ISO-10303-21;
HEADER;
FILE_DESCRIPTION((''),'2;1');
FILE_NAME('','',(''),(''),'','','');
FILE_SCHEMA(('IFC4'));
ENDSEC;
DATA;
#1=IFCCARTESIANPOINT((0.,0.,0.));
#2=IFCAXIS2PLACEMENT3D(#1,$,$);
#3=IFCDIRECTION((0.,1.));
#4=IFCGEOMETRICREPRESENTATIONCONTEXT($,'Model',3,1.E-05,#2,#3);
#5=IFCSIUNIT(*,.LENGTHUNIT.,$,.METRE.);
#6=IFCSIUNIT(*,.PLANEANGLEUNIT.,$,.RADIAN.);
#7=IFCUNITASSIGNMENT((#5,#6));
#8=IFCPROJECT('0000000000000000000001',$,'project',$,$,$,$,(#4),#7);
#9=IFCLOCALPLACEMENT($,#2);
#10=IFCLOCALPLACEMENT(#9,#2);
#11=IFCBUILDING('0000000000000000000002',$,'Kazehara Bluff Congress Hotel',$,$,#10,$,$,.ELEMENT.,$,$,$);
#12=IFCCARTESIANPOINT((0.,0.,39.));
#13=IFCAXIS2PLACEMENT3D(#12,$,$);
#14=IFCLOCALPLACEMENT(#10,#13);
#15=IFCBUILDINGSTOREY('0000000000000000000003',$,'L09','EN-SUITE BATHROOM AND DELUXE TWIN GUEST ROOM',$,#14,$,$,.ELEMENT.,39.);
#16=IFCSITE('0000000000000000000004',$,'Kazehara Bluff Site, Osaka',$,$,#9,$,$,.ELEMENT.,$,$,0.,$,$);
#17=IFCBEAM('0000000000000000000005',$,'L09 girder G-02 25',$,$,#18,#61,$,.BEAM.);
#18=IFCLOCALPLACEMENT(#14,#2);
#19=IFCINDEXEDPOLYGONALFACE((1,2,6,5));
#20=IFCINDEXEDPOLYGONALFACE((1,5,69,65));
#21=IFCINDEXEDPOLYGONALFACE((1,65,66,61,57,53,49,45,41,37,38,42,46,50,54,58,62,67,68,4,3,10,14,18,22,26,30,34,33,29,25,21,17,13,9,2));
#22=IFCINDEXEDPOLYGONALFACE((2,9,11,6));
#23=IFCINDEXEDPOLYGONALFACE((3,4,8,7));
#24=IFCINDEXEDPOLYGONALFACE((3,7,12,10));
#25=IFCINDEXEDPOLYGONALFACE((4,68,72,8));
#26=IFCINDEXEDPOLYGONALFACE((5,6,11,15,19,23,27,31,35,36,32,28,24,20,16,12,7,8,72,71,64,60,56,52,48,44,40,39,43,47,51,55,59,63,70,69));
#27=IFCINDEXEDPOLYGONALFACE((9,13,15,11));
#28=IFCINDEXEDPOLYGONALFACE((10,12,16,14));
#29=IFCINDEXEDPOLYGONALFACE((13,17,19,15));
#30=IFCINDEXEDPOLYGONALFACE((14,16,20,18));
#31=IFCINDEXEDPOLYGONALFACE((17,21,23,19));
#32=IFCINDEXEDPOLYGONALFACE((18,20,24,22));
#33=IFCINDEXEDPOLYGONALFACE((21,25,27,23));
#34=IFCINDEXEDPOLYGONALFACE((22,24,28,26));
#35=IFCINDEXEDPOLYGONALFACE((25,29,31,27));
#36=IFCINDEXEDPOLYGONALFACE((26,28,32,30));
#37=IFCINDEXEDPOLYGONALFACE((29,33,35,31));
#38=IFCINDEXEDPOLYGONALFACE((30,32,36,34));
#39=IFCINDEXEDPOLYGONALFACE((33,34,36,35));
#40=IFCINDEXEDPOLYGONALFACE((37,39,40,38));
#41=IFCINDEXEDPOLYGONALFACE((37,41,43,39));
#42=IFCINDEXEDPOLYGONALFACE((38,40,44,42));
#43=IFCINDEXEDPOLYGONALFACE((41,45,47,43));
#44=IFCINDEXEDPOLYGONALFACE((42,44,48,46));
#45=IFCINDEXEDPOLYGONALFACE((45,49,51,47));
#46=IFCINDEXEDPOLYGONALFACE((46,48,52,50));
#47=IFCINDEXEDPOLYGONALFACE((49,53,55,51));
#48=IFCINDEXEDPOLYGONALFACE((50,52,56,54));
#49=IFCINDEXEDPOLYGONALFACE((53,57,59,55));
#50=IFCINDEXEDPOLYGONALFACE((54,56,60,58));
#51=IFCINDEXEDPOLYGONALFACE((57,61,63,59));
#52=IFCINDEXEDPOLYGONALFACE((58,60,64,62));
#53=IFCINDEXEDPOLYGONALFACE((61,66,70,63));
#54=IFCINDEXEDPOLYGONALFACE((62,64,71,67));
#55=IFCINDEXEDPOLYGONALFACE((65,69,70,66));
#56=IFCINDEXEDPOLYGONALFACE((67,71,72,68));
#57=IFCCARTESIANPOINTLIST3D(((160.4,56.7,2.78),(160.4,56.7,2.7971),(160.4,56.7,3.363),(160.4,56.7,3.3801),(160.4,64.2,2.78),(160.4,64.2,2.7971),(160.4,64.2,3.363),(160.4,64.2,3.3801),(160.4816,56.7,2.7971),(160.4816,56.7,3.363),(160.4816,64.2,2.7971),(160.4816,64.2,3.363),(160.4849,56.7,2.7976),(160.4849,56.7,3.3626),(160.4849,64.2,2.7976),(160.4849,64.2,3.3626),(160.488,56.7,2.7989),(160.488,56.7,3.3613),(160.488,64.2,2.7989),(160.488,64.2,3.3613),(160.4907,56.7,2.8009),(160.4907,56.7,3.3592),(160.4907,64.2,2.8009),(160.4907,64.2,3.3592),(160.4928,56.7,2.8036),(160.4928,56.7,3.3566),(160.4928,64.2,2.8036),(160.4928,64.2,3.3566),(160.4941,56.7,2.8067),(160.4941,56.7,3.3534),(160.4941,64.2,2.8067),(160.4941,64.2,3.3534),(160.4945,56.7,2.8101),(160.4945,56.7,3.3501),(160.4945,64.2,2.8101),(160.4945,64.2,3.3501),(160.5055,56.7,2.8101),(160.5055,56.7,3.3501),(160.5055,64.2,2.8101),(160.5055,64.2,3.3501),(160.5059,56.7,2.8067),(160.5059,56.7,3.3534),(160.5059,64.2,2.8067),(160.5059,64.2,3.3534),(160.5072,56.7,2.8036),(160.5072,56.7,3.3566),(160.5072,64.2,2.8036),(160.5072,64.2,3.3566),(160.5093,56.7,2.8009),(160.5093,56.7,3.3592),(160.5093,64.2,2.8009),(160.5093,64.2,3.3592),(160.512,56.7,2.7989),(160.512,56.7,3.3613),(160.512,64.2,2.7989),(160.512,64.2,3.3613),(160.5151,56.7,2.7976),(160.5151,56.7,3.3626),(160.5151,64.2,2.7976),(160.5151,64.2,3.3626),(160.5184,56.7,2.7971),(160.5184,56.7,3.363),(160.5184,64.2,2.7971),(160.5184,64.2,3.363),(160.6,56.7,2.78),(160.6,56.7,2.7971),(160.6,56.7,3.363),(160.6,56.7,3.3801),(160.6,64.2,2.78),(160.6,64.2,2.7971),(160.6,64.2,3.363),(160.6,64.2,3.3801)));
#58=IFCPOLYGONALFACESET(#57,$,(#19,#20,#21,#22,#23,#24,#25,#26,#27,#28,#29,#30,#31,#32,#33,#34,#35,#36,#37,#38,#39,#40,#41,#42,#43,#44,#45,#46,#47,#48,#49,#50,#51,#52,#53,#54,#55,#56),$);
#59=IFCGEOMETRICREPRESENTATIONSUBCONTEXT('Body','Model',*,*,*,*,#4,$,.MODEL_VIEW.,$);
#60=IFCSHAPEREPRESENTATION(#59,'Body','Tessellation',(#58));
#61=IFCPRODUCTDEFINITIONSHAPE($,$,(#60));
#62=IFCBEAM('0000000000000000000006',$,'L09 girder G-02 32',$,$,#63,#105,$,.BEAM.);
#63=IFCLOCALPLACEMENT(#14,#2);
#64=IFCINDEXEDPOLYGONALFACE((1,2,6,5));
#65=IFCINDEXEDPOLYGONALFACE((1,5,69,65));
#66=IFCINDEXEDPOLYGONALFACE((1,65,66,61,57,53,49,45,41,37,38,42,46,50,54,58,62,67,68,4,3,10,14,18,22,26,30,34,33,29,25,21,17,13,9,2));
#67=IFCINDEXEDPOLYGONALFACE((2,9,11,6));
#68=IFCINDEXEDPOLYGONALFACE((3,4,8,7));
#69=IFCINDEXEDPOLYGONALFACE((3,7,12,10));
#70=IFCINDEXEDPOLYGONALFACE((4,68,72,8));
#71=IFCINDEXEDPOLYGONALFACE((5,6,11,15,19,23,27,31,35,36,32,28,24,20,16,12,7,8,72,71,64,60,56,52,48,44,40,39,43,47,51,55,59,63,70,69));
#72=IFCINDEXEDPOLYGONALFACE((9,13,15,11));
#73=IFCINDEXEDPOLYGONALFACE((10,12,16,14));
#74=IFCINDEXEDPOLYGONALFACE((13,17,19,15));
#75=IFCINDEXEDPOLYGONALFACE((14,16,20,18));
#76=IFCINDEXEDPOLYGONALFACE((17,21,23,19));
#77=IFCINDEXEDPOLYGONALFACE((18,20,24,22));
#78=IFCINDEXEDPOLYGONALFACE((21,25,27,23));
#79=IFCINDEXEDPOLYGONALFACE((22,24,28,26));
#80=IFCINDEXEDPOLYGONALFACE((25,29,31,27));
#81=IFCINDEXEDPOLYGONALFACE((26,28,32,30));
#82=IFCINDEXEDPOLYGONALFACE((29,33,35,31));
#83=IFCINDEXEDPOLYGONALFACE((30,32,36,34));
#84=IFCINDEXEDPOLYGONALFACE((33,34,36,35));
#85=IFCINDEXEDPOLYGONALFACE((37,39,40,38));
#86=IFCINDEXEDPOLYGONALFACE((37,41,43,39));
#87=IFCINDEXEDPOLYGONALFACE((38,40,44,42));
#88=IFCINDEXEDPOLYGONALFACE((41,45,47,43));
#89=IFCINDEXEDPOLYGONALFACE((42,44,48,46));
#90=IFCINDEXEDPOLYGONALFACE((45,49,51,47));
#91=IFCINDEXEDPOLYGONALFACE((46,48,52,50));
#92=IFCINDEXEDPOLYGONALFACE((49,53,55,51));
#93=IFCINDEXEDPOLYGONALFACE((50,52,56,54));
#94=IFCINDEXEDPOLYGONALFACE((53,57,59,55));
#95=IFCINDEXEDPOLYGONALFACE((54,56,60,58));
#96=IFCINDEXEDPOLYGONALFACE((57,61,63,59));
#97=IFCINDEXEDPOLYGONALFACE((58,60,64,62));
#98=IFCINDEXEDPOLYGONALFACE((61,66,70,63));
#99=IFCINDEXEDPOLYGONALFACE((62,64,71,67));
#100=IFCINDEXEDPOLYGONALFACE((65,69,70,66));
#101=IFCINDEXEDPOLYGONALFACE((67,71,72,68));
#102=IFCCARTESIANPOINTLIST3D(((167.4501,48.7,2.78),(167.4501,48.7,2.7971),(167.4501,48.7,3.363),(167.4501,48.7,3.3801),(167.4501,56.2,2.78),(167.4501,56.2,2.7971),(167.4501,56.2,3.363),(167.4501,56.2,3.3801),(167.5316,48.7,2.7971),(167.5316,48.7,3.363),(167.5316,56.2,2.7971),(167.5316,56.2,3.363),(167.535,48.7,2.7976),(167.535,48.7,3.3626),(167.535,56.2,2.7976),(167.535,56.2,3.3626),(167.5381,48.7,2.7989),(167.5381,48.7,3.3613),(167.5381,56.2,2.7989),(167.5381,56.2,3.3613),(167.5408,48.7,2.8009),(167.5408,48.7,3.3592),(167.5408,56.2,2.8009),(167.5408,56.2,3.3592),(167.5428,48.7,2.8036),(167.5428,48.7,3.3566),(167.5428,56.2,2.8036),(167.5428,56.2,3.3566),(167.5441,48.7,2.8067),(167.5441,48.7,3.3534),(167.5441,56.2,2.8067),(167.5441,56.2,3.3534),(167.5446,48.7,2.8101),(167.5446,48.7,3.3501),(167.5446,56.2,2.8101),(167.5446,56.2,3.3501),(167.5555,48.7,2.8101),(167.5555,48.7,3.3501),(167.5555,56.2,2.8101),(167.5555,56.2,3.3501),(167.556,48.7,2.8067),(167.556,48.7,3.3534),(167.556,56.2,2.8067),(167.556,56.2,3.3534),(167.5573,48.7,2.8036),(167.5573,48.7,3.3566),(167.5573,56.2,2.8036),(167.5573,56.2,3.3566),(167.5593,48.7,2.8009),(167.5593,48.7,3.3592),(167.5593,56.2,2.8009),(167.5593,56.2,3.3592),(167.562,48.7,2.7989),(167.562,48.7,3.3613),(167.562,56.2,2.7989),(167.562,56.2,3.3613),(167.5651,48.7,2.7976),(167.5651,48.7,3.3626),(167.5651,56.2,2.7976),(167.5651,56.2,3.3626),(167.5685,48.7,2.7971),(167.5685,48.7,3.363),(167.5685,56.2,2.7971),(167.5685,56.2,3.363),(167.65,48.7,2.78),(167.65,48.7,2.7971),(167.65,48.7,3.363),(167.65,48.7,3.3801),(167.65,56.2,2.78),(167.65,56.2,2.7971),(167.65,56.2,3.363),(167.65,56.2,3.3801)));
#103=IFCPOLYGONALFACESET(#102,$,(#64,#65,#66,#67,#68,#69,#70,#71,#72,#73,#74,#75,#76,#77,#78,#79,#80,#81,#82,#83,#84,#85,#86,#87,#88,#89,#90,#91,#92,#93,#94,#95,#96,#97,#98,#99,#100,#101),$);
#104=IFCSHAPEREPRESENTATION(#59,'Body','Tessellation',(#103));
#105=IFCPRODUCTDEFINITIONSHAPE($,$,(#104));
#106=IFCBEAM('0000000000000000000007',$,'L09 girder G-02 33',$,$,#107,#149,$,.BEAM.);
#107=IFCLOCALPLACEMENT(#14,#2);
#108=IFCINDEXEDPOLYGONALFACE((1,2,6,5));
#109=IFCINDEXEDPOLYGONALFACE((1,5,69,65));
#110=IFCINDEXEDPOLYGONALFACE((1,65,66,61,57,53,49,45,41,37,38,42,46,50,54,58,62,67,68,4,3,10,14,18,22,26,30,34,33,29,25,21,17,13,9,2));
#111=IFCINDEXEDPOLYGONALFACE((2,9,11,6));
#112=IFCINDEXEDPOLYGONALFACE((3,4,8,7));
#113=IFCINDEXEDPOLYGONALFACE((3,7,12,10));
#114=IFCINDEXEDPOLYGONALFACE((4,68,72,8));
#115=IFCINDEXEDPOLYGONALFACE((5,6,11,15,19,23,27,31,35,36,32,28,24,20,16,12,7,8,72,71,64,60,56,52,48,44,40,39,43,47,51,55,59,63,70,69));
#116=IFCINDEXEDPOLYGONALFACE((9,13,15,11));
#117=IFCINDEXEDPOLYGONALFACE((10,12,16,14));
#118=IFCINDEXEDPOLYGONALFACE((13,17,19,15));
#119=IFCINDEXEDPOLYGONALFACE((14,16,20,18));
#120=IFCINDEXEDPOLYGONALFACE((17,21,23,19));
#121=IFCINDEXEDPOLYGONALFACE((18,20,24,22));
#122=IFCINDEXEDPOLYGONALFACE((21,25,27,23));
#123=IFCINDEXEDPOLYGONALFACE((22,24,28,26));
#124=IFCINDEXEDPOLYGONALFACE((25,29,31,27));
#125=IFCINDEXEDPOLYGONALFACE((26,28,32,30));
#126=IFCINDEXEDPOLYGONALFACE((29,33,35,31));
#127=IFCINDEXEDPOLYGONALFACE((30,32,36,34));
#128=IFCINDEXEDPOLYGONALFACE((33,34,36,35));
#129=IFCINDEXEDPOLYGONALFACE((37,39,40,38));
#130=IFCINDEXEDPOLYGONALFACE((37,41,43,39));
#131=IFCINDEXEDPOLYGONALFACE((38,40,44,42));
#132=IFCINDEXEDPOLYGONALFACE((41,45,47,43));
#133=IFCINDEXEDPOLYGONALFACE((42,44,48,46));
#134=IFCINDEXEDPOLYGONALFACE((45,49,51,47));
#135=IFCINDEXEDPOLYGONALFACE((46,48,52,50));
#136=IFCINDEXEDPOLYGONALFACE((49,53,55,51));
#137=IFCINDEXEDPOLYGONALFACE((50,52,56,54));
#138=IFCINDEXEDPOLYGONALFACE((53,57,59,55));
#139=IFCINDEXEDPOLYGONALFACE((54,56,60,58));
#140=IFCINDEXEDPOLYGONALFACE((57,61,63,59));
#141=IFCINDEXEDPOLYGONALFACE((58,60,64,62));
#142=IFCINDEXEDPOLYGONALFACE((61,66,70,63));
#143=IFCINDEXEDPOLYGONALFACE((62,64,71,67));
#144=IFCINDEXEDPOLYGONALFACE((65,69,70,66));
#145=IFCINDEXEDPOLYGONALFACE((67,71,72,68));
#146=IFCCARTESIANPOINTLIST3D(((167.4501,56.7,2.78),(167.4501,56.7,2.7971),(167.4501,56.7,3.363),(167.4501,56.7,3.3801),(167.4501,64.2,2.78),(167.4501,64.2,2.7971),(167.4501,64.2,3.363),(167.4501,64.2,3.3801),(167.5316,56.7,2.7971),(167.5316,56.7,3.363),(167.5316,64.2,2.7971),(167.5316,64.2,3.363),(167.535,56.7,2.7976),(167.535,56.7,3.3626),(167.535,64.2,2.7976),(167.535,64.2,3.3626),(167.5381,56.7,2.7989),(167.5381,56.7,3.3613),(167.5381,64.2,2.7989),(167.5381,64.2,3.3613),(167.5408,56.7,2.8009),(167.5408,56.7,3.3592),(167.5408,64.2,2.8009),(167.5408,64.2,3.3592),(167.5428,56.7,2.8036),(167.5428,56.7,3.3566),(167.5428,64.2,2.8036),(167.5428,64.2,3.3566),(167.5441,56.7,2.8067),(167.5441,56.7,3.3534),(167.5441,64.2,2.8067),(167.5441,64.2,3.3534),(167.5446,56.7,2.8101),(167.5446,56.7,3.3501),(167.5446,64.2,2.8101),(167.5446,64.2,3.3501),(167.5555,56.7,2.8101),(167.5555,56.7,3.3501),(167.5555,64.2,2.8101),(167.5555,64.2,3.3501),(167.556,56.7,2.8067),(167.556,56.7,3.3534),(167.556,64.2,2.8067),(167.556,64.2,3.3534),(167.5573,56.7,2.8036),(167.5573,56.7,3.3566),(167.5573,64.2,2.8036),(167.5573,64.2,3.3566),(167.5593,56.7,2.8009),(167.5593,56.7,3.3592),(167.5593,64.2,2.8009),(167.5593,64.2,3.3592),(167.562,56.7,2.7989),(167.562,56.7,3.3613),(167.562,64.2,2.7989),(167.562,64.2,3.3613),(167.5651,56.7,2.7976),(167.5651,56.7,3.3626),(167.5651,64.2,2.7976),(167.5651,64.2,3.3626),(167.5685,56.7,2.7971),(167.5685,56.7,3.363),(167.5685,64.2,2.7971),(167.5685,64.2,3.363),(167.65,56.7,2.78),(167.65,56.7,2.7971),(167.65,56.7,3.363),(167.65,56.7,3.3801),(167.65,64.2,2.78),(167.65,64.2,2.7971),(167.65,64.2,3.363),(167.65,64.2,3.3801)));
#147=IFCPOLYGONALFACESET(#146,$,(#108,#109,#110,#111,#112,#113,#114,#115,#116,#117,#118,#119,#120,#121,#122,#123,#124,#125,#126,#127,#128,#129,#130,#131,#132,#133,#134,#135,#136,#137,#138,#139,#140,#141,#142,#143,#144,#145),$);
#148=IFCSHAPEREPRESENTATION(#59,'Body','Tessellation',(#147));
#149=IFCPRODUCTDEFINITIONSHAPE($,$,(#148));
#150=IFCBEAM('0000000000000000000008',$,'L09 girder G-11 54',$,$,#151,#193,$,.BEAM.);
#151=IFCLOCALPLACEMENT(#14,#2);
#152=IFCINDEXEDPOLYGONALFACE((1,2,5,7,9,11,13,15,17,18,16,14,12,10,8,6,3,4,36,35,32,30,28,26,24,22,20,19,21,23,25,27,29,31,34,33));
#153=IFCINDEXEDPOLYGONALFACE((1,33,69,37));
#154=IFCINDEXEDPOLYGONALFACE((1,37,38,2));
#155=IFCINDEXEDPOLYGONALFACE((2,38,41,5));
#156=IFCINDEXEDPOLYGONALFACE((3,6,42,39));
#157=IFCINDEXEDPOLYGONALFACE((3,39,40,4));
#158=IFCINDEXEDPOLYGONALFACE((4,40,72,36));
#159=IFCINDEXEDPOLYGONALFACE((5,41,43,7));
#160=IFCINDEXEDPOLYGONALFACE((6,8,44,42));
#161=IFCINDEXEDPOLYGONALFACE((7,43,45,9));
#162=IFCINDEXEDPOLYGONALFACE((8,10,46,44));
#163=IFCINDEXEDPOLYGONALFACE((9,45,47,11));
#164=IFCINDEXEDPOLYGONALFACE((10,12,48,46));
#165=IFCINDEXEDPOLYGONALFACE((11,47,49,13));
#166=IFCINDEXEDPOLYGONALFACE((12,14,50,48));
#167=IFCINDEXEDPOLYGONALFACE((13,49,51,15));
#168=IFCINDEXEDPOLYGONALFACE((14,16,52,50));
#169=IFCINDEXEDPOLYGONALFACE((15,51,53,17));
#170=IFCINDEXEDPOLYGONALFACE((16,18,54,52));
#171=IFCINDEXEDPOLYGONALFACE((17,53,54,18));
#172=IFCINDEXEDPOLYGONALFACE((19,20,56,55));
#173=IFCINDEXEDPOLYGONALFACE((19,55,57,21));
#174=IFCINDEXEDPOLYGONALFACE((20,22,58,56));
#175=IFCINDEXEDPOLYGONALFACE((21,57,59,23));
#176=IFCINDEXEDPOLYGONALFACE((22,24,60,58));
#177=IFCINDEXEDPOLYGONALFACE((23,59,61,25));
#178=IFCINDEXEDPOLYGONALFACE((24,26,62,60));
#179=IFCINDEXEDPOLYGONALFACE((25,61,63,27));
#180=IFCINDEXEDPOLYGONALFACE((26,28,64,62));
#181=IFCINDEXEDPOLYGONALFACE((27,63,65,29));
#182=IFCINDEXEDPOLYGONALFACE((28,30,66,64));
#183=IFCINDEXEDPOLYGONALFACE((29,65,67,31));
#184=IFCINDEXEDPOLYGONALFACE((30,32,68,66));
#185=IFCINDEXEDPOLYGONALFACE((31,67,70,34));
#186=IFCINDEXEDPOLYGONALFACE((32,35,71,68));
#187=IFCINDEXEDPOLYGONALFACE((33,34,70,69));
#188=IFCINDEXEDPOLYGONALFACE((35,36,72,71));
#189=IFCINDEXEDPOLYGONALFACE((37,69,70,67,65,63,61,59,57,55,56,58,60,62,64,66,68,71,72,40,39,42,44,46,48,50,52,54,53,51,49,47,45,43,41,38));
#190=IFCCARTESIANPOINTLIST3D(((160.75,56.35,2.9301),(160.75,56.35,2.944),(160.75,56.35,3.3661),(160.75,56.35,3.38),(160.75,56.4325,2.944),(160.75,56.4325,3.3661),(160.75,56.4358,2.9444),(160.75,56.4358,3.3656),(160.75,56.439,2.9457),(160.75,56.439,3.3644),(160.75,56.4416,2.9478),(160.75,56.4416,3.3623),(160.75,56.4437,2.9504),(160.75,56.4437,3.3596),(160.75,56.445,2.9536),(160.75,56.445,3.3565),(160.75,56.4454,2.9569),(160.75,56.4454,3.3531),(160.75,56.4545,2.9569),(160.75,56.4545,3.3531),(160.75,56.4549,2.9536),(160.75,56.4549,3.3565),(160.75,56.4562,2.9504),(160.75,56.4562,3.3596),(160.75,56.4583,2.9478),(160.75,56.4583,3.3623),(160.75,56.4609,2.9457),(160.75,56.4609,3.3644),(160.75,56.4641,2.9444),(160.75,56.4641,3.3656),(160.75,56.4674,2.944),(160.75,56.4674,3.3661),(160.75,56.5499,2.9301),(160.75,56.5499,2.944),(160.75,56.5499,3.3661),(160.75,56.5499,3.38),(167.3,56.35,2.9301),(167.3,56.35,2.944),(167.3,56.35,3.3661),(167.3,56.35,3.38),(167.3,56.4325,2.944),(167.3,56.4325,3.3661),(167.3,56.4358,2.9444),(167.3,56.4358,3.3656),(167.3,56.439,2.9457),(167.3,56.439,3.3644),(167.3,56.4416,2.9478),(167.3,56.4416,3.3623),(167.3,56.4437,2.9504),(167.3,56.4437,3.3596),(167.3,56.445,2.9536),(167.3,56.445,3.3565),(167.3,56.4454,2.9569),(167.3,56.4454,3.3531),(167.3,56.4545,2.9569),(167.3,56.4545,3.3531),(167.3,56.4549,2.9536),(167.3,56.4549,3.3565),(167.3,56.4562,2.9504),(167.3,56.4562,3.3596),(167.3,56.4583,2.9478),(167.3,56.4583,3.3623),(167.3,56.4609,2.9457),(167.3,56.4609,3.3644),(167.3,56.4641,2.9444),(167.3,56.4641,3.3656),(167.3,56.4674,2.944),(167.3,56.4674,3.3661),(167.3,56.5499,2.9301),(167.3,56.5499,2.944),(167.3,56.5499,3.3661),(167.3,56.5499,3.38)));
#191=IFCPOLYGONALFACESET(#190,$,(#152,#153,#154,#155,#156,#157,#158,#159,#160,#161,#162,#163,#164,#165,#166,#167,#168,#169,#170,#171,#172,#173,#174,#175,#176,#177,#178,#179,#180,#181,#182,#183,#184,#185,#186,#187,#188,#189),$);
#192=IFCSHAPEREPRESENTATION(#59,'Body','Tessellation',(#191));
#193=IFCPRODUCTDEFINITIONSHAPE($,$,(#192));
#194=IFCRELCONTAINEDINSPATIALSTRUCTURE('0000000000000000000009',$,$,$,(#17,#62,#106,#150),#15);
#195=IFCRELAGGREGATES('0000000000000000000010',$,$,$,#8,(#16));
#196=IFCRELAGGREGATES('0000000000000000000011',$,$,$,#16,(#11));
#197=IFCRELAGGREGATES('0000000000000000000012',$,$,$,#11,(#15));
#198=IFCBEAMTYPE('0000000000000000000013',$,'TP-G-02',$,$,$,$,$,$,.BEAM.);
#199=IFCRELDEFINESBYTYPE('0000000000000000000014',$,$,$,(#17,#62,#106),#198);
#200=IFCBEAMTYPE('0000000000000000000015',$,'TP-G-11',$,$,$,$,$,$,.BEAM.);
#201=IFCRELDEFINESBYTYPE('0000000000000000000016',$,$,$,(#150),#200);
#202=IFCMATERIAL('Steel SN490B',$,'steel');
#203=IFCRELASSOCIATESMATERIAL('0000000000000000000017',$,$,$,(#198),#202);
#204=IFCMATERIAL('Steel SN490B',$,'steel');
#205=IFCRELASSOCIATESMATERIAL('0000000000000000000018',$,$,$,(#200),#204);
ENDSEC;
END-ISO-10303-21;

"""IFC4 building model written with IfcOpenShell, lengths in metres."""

from ifc_helpers import new_model, si_unit, direction, frame, origin, origin_2d, place, context, subcontext, project, spatial, i_section, extrude, material, material_profile, profile_set, type_object, element, save


model = new_model("IFC4")

# Units and contexts
model_context = context("Model", 3, precision=1e-05, world=origin(), true_north=direction((0.0, 1.0)))
body_context = subcontext(model_context, "Body", "Model", "MODEL_VIEW")
ifc_project = project(units=[si_unit("LENGTHUNIT", "METRE"), si_unit("PLANEANGLEUNIT", "RADIAN")], contexts=[model_context])

# Site, building, storey
site_placement = place(None, origin())
site = spatial("IfcSite", under=ifc_project, at=site_placement, Name="Kazehara Bluff Site, Osaka", CompositionType="ELEMENT", RefElevation=0.0)
building_placement = place(site_placement, origin())
building = spatial("IfcBuilding", under=site, at=building_placement, Name="Kazehara Bluff Congress Hotel", CompositionType="ELEMENT")
storey_placement = place(building_placement, frame((0.0, 0.0, 39.0)))
storey = spatial("IfcBuildingStorey", under=building, at=storey_placement, Name="L09", Description="EN-SUITE BATHROOM AND DELUXE TWIN GUEST ROOM", CompositionType="ELEMENT", Elevation=39.0)

# Beams
ifc_material_1 = material(Name="Steel SN490B", Category="steel")
ifc_material_profile_1 = material_profile(ifc_material_1, i_section(OverallWidth=0.2, OverallDepth=0.6001, WebThickness=0.011, FlangeThickness=0.0171, FilletRadius=0.0129, at=origin_2d()))
ifc_profile_set_1 = profile_set([ifc_material_profile_1], Name="Steel SN490B")
beam_type_1 = type_object("IfcBeamType", Name="TP-G-02", PredefinedType="BEAM", material=ifc_profile_set_1)
for number, where, z_axis, x_axis, name in (
    (1, (160.5, 56.7, 3.0801), (0.0, 1.0, 0.0), (-1.0, 0.0, 0.0), "L09 girder G-02 25"),
    (2, (167.55, 48.7, 3.0801), (0.0, 1.0, 0.0), (-1.0, 0.0, 0.0), "L09 girder G-02 32"),
    (3, (167.55, 56.7, 3.0801), (0.0, 1.0, 0.0), (-1.0, 0.0, 0.0), "L09 girder G-02 33"),
):
    element("IfcBeam", number, at=place(storey_placement, frame(where, z_axis=z_axis, x_axis=x_axis)), inside=storey, type_object=beam_type_1, Name=name, PredefinedType="BEAM", context=body_context, shape_type="SweptSolid", body=[
        extrude(i_section(OverallWidth=0.2, OverallDepth=0.6001, WebThickness=0.011, FlangeThickness=0.0171, FilletRadius=0.0129, at=origin_2d()), origin(), (0.0, 0.0, 1.0), 7.5),
    ])
ifc_material_2 = material(Name="Steel SN490B", Category="steel")
ifc_material_profile_2 = material_profile(ifc_material_2, i_section(OverallWidth=0.2, OverallDepth=0.45, WebThickness=0.009, FlangeThickness=0.0139, FilletRadius=0.0129, at=origin_2d()))
ifc_profile_set_2 = profile_set([ifc_material_profile_2], Name="Steel SN490B")
beam_type_2 = type_object("IfcBeamType", Name="TP-G-11", PredefinedType="BEAM", material=ifc_profile_set_2)
beam_1_placement = place(storey_placement, frame((160.75, 56.45, 3.155), z_axis=(1.0, 0.0, 0.0), x_axis=(0.0, 1.0, 0.0)))
element("IfcBeam", 4, at=beam_1_placement, inside=storey, type_object=beam_type_2, Name="L09 girder G-11 54", PredefinedType="BEAM", context=body_context, shape_type="SweptSolid", body=[
    extrude(i_section(OverallWidth=0.2, OverallDepth=0.45, WebThickness=0.009, FlangeThickness=0.0139, FilletRadius=0.0129, at=origin_2d()), origin(), (0.0, 0.0, 1.0), 6.55),
])

save(model, "model.ifc")
